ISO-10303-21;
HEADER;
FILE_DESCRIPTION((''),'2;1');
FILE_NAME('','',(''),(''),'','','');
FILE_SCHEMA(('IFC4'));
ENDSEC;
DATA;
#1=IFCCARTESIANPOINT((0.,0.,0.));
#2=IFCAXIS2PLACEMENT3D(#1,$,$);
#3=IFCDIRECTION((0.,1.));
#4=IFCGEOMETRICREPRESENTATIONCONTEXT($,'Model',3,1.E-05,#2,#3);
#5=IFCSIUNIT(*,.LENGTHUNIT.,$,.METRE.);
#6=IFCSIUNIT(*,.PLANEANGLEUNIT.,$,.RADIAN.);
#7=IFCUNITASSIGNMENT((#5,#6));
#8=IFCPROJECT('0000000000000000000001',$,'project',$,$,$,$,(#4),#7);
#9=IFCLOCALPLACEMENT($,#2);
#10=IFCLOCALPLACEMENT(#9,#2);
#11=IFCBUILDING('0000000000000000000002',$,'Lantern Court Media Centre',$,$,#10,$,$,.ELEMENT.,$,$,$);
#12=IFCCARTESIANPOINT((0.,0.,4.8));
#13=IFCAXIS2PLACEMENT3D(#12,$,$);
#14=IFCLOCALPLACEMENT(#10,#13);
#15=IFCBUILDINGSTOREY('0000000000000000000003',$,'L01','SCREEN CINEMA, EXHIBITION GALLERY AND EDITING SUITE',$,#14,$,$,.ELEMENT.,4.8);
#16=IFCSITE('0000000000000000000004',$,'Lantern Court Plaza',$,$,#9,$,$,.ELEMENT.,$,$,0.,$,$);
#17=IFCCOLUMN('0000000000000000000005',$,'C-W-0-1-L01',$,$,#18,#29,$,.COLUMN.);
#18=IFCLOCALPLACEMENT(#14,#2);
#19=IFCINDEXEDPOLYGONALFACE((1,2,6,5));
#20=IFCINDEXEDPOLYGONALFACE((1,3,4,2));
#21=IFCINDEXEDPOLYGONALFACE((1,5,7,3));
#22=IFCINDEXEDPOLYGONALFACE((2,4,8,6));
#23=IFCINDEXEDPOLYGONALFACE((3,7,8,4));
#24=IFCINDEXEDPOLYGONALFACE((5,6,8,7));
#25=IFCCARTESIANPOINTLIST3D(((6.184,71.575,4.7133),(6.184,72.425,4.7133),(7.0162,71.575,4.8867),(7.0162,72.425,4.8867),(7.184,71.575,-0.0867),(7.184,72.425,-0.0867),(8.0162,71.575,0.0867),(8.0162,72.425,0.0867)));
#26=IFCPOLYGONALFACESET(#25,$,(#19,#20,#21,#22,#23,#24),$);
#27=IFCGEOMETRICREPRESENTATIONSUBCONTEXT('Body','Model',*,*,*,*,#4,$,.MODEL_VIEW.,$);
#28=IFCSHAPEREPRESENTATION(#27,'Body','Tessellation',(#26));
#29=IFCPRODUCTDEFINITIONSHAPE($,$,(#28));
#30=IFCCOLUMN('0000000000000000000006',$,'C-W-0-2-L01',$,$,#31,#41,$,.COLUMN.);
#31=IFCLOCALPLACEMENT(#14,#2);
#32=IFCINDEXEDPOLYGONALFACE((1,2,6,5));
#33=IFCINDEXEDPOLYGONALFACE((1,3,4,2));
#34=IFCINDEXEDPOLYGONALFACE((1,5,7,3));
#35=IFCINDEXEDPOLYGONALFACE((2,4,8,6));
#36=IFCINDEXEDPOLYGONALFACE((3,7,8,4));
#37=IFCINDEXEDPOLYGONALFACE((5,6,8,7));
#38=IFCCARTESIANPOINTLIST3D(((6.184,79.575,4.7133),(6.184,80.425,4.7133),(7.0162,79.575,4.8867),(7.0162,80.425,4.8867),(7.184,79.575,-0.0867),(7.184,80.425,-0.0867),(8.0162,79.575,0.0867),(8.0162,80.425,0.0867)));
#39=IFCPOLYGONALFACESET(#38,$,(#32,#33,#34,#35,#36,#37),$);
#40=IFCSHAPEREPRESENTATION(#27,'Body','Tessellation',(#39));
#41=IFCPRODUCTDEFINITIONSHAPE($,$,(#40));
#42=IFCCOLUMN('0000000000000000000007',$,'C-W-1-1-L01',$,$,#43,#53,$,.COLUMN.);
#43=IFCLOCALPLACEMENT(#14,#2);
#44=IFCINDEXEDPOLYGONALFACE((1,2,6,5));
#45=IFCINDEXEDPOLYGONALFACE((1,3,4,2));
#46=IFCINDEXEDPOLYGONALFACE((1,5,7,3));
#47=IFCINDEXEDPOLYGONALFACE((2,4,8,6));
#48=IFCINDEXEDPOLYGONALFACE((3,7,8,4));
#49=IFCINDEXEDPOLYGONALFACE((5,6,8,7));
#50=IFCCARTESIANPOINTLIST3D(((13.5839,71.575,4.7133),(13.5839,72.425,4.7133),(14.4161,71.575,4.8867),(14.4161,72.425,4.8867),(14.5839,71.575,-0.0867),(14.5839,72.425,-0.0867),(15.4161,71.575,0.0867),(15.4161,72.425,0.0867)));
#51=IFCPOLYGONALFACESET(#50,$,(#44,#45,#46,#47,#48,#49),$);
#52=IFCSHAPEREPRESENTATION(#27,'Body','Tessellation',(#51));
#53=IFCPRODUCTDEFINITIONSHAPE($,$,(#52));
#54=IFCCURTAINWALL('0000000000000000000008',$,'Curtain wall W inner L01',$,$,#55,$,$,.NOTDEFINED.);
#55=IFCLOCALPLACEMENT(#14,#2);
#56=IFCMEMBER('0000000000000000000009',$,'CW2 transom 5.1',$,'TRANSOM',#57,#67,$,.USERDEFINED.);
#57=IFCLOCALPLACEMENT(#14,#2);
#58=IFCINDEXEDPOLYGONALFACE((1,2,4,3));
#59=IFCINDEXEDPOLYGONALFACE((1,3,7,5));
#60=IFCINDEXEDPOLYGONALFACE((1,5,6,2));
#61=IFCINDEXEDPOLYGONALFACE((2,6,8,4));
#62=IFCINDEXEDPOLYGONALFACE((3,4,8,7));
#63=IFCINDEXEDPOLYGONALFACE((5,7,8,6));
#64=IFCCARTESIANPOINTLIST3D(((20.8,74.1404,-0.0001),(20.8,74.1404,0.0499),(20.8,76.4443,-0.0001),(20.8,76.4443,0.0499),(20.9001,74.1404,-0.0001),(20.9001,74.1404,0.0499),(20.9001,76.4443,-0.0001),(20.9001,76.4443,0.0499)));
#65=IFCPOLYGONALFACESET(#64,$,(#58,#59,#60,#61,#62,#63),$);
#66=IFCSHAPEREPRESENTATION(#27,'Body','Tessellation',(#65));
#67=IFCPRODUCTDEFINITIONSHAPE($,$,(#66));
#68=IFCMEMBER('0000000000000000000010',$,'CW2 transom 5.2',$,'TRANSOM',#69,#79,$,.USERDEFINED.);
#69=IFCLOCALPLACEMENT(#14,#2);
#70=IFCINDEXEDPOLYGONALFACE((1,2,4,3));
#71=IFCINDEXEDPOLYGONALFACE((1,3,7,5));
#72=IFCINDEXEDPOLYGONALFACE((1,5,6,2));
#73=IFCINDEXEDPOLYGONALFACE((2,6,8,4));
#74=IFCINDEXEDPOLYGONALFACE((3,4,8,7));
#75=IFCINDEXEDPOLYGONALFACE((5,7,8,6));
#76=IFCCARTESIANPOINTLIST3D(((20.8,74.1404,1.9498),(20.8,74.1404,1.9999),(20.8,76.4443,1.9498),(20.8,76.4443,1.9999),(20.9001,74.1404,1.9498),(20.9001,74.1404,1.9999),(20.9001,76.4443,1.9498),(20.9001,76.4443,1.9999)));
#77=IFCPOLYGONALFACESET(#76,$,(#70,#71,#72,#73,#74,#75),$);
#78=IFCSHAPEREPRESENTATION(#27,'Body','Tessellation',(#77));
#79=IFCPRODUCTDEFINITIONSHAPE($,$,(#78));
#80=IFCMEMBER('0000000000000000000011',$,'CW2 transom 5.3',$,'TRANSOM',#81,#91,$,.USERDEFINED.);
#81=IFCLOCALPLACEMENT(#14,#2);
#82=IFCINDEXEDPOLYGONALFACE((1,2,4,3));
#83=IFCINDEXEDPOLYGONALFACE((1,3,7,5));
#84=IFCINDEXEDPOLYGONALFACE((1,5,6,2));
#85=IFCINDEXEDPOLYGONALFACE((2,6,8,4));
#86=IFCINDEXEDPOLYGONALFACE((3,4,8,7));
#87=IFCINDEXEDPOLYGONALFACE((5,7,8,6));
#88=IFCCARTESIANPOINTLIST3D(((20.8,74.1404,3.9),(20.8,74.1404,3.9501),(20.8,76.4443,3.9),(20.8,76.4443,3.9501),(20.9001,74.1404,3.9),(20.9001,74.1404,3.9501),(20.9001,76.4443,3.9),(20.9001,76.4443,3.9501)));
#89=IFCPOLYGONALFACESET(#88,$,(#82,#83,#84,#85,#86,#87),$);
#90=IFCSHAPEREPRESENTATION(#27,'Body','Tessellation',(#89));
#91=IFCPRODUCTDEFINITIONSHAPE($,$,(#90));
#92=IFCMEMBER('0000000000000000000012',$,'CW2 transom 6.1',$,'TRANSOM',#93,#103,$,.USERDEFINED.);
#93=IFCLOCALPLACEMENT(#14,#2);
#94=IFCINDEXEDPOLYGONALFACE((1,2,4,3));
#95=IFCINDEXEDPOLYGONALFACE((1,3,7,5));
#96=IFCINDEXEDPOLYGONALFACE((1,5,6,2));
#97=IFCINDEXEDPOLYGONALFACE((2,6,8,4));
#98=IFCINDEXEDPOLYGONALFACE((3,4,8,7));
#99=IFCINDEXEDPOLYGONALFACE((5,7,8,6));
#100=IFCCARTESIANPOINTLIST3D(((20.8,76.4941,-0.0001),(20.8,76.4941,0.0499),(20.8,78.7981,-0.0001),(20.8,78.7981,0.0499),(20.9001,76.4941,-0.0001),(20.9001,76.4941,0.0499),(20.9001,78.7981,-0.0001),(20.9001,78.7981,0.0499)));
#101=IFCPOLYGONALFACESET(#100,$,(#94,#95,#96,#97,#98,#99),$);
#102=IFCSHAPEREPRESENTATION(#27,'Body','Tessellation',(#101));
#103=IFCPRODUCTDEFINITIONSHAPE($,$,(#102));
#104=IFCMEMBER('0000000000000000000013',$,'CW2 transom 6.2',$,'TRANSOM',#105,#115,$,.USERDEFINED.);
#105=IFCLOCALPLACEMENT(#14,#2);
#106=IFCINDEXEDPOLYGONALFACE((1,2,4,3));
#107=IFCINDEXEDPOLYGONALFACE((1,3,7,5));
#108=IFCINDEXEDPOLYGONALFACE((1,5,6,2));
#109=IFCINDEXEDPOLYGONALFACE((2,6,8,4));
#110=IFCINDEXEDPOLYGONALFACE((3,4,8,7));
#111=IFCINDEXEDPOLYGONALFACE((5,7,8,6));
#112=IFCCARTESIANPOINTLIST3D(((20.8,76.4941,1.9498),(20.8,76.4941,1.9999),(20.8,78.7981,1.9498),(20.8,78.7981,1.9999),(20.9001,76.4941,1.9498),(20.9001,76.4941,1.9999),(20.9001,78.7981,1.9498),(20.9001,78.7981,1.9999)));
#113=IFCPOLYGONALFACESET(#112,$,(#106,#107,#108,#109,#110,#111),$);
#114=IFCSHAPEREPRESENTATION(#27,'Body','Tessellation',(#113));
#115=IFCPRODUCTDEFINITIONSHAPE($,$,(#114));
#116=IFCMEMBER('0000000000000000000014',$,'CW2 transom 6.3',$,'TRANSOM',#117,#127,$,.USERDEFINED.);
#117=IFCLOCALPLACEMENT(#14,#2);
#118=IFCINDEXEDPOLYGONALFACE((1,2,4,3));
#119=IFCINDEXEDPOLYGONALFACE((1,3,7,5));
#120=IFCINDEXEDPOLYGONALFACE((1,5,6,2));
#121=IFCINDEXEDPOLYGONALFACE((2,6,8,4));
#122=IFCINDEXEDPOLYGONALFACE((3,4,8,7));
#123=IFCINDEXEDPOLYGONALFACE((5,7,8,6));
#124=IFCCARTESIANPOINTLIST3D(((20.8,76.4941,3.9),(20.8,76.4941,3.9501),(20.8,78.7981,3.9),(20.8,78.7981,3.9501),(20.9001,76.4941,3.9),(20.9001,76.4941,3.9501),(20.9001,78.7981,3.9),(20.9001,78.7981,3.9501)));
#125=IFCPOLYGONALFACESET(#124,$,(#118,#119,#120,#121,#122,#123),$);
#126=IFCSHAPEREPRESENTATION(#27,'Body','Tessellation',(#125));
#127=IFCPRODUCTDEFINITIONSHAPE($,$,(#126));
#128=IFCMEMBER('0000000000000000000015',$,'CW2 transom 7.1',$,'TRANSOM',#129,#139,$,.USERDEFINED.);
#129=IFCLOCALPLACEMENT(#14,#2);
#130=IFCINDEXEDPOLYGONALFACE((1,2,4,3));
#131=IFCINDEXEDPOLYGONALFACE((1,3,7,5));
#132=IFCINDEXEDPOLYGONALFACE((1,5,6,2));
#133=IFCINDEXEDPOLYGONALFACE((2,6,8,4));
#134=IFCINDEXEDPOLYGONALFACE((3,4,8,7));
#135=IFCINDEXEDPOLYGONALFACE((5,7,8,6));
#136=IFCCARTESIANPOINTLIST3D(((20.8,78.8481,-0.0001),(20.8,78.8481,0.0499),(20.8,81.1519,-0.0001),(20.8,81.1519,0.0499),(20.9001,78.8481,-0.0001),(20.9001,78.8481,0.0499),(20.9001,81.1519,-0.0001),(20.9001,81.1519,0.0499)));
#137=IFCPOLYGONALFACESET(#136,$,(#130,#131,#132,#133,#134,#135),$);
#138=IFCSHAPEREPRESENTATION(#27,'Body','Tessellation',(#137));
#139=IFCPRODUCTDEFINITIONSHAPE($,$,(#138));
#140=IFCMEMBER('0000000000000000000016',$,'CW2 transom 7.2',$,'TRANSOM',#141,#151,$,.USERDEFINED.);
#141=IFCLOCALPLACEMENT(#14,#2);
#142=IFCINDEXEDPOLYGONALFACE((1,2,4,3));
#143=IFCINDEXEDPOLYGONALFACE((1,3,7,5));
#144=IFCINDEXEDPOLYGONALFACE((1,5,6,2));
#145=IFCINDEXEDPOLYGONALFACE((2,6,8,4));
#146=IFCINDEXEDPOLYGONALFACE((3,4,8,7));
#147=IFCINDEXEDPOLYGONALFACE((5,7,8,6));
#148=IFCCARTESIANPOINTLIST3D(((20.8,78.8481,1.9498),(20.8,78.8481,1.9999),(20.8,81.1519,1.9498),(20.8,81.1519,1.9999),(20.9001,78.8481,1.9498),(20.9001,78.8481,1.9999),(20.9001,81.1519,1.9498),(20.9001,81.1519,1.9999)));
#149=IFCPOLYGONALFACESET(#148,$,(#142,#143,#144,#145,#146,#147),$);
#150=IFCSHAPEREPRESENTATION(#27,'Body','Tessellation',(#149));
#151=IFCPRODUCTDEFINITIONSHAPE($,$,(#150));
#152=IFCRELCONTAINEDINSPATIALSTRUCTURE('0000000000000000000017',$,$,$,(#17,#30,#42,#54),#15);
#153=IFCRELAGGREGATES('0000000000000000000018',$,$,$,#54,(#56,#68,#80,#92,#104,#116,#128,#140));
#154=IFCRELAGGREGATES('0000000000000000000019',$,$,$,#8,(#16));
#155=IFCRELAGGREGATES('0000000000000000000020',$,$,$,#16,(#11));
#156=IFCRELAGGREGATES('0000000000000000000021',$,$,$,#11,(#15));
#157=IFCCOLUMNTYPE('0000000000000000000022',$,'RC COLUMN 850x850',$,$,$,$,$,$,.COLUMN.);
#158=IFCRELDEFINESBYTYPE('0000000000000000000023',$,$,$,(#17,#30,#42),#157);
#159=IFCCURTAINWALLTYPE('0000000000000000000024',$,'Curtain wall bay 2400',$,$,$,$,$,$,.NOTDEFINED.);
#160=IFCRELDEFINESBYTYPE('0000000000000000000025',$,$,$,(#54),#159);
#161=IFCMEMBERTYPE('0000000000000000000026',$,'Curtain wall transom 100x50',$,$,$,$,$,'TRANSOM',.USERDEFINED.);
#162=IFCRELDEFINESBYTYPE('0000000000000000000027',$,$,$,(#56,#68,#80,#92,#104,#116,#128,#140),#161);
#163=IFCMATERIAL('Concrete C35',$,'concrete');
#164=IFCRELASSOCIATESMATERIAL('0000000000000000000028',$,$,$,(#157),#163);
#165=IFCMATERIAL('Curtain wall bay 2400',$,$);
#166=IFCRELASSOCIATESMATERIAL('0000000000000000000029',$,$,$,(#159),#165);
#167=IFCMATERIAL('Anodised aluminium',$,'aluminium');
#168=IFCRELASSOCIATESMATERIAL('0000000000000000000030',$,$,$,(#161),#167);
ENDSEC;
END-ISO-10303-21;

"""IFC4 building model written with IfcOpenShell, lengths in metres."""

from ifc_helpers import new_model, si_unit, direction, frame, origin, origin_2d, place, context, subcontext, project, spatial, rectangle, extrude, material, material_profile, profile_set, type_object, element, aggregate, save


model = new_model("IFC4")

# Units and contexts
model_context = context("Model", 3, precision=1e-05, world=origin(), true_north=direction((0.0, 1.0)))
body_context = subcontext(model_context, "Body", "Model", "MODEL_VIEW")
ifc_project = project(units=[si_unit("LENGTHUNIT", "METRE"), si_unit("PLANEANGLEUNIT", "RADIAN")], contexts=[model_context])

# Site, building, storey
site_placement = place(None, origin())
site = spatial("IfcSite", under=ifc_project, at=site_placement, Name="Lantern Court Plaza", CompositionType="ELEMENT", RefElevation=0.0)
building_placement = place(site_placement, origin())
building = spatial("IfcBuilding", under=site, at=building_placement, Name="Lantern Court Media Centre", CompositionType="ELEMENT")
storey_placement = place(building_placement, frame((0.0, 0.0, 4.8)))
storey = spatial("IfcBuildingStorey", under=building, at=storey_placement, Name="L01", Description="SCREEN CINEMA, EXHIBITION GALLERY AND EDITING SUITE", CompositionType="ELEMENT", Elevation=4.8)

# Columns
ifc_material_1 = material(Name="Concrete C35", Category="concrete")
ifc_material_profile_1 = material_profile(ifc_material_1, rectangle(XDim=0.8501, YDim=0.8501, at=origin_2d()), Name="RC 850x850")
ifc_profile_set_1 = profile_set([ifc_material_profile_1], Name="Concrete C35")
column_type = type_object("IfcColumnType", Name="RC COLUMN 850x850", PredefinedType="COLUMN", material=ifc_profile_set_1)
for number, where, z_axis, x_axis, name in (
    (1, (7.6001, 72.0, 0.0), (-0.203952, 0.0, 0.978981), (0.0, -1.0, 0.0), "C-W-0-1-L01"),
    (2, (7.6001, 80.0, 0.0), (-0.203952, 0.0, 0.978981), (0.0, -1.0, 0.0), "C-W-0-2-L01"),
    (3, (15.0, 72.0, 0.0), (-0.203952, 0.0, 0.978981), (0.0, -1.0, 0.0), "C-W-1-1-L01"),
):
    element("IfcColumn", number, at=place(storey_placement, frame(where, z_axis=z_axis, x_axis=x_axis)), inside=storey, type_object=column_type, Name=name, PredefinedType="COLUMN", context=body_context, shape_type="SweptSolid", body=[
        extrude(rectangle(XDim=0.8501, YDim=0.8501, at=origin_2d()), origin(), (0.0, 0.0, 1.0), 4.9031),
    ])

# Curtain wall, members
ifc_material_2 = material(Name="Curtain wall bay 2400")
curtain_wall_type = type_object("IfcCurtainWallType", Name="Curtain wall bay 2400", PredefinedType="NOTDEFINED", material=ifc_material_2)
curtain_wall_placement = place(storey_placement, origin())
curtain_wall = element("IfcCurtainWall", 4, at=curtain_wall_placement, inside=storey, type_object=curtain_wall_type, Name="Curtain wall W inner L01", PredefinedType="NOTDEFINED")
ifc_material_3 = material(Name="Anodised aluminium", Category="aluminium")
ifc_material_profile_2 = material_profile(ifc_material_3, rectangle(XDim=0.1001, YDim=0.05, at=origin_2d()), Name="AL 50x100")
ifc_profile_set_2 = profile_set([ifc_material_profile_2], Name="Anodised aluminium")
member_type = type_object("IfcMemberType", Name="Curtain wall transom 100x50", ElementType="TRANSOM", PredefinedType="USERDEFINED", material=ifc_profile_set_2)
member_1_placement = place(storey_placement, frame((20.8501, 74.1404, 0.0249), z_axis=(0.0, 1.0, 0.0), x_axis=(-1.0, 0.0, 0.0)))
member_1 = element("IfcMember", 5, at=member_1_placement, type_object=member_type, Name="CW2 transom 5.1", ObjectType="TRANSOM", PredefinedType="USERDEFINED", context=body_context, shape_type="SweptSolid", body=[
    extrude(rectangle(XDim=0.1001, YDim=0.05, at=origin_2d()), origin(), (0.0, 0.0, 1.0), 2.304),
])
member_2_placement = place(storey_placement, frame((20.8501, 74.1404, 1.9749), z_axis=(0.0, 1.0, 0.0), x_axis=(-1.0, 0.0, 0.0)))
member_2 = element("IfcMember", 6, at=member_2_placement, type_object=member_type, Name="CW2 transom 5.2", ObjectType="TRANSOM", PredefinedType="USERDEFINED", context=body_context, shape_type="SweptSolid", body=[
    extrude(rectangle(XDim=0.1001, YDim=0.05, at=origin_2d()), origin(), (0.0, 0.0, 1.0), 2.304),
])
member_3_placement = place(storey_placement, frame((20.8501, 74.1404, 3.925), z_axis=(0.0, 1.0, 0.0), x_axis=(-1.0, 0.0, 0.0)))
member_3 = element("IfcMember", 7, at=member_3_placement, type_object=member_type, Name="CW2 transom 5.3", ObjectType="TRANSOM", PredefinedType="USERDEFINED", context=body_context, shape_type="SweptSolid", body=[
    extrude(rectangle(XDim=0.1001, YDim=0.05, at=origin_2d()), origin(), (0.0, 0.0, 1.0), 2.304),
])
member_4_placement = place(storey_placement, frame((20.8501, 76.4941, 0.0249), z_axis=(0.0, 1.0, 0.0), x_axis=(-1.0, 0.0, 0.0)))
member_4 = element("IfcMember", 8, at=member_4_placement, type_object=member_type, Name="CW2 transom 6.1", ObjectType="TRANSOM", PredefinedType="USERDEFINED", context=body_context, shape_type="SweptSolid", body=[
    extrude(rectangle(XDim=0.1001, YDim=0.05, at=origin_2d()), origin(), (0.0, 0.0, 1.0), 2.304),
])
member_5_placement = place(storey_placement, frame((20.8501, 76.4941, 1.9749), z_axis=(0.0, 1.0, 0.0), x_axis=(-1.0, 0.0, 0.0)))
member_5 = element("IfcMember", 9, at=member_5_placement, type_object=member_type, Name="CW2 transom 6.2", ObjectType="TRANSOM", PredefinedType="USERDEFINED", context=body_context, shape_type="SweptSolid", body=[
    extrude(rectangle(XDim=0.1001, YDim=0.05, at=origin_2d()), origin(), (0.0, 0.0, 1.0), 2.304),
])
member_6_placement = place(storey_placement, frame((20.8501, 76.4941, 3.925), z_axis=(0.0, 1.0, 0.0), x_axis=(-1.0, 0.0, 0.0)))
member_6 = element("IfcMember", 10, at=member_6_placement, type_object=member_type, Name="CW2 transom 6.3", ObjectType="TRANSOM", PredefinedType="USERDEFINED", context=body_context, shape_type="SweptSolid", body=[
    extrude(rectangle(XDim=0.1001, YDim=0.05, at=origin_2d()), origin(), (0.0, 0.0, 1.0), 2.304),
])
member_7_placement = place(storey_placement, frame((20.8501, 78.8481, 0.0249), z_axis=(0.0, 1.0, 0.0), x_axis=(-1.0, 0.0, 0.0)))
member_7 = element("IfcMember", 11, at=member_7_placement, type_object=member_type, Name="CW2 transom 7.1", ObjectType="TRANSOM", PredefinedType="USERDEFINED", context=body_context, shape_type="SweptSolid", body=[
    extrude(rectangle(XDim=0.1001, YDim=0.05, at=origin_2d()), origin(), (0.0, 0.0, 1.0), 2.3037),
])
member_8_placement = place(storey_placement, frame((20.8501, 78.8481, 1.9749), z_axis=(0.0, 1.0, 0.0), x_axis=(-1.0, 0.0, 0.0)))
member_8 = element("IfcMember", 12, at=member_8_placement, type_object=member_type, Name="CW2 transom 7.2", ObjectType="TRANSOM", PredefinedType="USERDEFINED", context=body_context, shape_type="SweptSolid", body=[
    extrude(rectangle(XDim=0.1001, YDim=0.05, at=origin_2d()), origin(), (0.0, 0.0, 1.0), 2.3037),
])

aggregate(curtain_wall, [member_1, member_2, member_3, member_4, member_5, member_6, member_7, member_8])

save(model, "model.ifc")
